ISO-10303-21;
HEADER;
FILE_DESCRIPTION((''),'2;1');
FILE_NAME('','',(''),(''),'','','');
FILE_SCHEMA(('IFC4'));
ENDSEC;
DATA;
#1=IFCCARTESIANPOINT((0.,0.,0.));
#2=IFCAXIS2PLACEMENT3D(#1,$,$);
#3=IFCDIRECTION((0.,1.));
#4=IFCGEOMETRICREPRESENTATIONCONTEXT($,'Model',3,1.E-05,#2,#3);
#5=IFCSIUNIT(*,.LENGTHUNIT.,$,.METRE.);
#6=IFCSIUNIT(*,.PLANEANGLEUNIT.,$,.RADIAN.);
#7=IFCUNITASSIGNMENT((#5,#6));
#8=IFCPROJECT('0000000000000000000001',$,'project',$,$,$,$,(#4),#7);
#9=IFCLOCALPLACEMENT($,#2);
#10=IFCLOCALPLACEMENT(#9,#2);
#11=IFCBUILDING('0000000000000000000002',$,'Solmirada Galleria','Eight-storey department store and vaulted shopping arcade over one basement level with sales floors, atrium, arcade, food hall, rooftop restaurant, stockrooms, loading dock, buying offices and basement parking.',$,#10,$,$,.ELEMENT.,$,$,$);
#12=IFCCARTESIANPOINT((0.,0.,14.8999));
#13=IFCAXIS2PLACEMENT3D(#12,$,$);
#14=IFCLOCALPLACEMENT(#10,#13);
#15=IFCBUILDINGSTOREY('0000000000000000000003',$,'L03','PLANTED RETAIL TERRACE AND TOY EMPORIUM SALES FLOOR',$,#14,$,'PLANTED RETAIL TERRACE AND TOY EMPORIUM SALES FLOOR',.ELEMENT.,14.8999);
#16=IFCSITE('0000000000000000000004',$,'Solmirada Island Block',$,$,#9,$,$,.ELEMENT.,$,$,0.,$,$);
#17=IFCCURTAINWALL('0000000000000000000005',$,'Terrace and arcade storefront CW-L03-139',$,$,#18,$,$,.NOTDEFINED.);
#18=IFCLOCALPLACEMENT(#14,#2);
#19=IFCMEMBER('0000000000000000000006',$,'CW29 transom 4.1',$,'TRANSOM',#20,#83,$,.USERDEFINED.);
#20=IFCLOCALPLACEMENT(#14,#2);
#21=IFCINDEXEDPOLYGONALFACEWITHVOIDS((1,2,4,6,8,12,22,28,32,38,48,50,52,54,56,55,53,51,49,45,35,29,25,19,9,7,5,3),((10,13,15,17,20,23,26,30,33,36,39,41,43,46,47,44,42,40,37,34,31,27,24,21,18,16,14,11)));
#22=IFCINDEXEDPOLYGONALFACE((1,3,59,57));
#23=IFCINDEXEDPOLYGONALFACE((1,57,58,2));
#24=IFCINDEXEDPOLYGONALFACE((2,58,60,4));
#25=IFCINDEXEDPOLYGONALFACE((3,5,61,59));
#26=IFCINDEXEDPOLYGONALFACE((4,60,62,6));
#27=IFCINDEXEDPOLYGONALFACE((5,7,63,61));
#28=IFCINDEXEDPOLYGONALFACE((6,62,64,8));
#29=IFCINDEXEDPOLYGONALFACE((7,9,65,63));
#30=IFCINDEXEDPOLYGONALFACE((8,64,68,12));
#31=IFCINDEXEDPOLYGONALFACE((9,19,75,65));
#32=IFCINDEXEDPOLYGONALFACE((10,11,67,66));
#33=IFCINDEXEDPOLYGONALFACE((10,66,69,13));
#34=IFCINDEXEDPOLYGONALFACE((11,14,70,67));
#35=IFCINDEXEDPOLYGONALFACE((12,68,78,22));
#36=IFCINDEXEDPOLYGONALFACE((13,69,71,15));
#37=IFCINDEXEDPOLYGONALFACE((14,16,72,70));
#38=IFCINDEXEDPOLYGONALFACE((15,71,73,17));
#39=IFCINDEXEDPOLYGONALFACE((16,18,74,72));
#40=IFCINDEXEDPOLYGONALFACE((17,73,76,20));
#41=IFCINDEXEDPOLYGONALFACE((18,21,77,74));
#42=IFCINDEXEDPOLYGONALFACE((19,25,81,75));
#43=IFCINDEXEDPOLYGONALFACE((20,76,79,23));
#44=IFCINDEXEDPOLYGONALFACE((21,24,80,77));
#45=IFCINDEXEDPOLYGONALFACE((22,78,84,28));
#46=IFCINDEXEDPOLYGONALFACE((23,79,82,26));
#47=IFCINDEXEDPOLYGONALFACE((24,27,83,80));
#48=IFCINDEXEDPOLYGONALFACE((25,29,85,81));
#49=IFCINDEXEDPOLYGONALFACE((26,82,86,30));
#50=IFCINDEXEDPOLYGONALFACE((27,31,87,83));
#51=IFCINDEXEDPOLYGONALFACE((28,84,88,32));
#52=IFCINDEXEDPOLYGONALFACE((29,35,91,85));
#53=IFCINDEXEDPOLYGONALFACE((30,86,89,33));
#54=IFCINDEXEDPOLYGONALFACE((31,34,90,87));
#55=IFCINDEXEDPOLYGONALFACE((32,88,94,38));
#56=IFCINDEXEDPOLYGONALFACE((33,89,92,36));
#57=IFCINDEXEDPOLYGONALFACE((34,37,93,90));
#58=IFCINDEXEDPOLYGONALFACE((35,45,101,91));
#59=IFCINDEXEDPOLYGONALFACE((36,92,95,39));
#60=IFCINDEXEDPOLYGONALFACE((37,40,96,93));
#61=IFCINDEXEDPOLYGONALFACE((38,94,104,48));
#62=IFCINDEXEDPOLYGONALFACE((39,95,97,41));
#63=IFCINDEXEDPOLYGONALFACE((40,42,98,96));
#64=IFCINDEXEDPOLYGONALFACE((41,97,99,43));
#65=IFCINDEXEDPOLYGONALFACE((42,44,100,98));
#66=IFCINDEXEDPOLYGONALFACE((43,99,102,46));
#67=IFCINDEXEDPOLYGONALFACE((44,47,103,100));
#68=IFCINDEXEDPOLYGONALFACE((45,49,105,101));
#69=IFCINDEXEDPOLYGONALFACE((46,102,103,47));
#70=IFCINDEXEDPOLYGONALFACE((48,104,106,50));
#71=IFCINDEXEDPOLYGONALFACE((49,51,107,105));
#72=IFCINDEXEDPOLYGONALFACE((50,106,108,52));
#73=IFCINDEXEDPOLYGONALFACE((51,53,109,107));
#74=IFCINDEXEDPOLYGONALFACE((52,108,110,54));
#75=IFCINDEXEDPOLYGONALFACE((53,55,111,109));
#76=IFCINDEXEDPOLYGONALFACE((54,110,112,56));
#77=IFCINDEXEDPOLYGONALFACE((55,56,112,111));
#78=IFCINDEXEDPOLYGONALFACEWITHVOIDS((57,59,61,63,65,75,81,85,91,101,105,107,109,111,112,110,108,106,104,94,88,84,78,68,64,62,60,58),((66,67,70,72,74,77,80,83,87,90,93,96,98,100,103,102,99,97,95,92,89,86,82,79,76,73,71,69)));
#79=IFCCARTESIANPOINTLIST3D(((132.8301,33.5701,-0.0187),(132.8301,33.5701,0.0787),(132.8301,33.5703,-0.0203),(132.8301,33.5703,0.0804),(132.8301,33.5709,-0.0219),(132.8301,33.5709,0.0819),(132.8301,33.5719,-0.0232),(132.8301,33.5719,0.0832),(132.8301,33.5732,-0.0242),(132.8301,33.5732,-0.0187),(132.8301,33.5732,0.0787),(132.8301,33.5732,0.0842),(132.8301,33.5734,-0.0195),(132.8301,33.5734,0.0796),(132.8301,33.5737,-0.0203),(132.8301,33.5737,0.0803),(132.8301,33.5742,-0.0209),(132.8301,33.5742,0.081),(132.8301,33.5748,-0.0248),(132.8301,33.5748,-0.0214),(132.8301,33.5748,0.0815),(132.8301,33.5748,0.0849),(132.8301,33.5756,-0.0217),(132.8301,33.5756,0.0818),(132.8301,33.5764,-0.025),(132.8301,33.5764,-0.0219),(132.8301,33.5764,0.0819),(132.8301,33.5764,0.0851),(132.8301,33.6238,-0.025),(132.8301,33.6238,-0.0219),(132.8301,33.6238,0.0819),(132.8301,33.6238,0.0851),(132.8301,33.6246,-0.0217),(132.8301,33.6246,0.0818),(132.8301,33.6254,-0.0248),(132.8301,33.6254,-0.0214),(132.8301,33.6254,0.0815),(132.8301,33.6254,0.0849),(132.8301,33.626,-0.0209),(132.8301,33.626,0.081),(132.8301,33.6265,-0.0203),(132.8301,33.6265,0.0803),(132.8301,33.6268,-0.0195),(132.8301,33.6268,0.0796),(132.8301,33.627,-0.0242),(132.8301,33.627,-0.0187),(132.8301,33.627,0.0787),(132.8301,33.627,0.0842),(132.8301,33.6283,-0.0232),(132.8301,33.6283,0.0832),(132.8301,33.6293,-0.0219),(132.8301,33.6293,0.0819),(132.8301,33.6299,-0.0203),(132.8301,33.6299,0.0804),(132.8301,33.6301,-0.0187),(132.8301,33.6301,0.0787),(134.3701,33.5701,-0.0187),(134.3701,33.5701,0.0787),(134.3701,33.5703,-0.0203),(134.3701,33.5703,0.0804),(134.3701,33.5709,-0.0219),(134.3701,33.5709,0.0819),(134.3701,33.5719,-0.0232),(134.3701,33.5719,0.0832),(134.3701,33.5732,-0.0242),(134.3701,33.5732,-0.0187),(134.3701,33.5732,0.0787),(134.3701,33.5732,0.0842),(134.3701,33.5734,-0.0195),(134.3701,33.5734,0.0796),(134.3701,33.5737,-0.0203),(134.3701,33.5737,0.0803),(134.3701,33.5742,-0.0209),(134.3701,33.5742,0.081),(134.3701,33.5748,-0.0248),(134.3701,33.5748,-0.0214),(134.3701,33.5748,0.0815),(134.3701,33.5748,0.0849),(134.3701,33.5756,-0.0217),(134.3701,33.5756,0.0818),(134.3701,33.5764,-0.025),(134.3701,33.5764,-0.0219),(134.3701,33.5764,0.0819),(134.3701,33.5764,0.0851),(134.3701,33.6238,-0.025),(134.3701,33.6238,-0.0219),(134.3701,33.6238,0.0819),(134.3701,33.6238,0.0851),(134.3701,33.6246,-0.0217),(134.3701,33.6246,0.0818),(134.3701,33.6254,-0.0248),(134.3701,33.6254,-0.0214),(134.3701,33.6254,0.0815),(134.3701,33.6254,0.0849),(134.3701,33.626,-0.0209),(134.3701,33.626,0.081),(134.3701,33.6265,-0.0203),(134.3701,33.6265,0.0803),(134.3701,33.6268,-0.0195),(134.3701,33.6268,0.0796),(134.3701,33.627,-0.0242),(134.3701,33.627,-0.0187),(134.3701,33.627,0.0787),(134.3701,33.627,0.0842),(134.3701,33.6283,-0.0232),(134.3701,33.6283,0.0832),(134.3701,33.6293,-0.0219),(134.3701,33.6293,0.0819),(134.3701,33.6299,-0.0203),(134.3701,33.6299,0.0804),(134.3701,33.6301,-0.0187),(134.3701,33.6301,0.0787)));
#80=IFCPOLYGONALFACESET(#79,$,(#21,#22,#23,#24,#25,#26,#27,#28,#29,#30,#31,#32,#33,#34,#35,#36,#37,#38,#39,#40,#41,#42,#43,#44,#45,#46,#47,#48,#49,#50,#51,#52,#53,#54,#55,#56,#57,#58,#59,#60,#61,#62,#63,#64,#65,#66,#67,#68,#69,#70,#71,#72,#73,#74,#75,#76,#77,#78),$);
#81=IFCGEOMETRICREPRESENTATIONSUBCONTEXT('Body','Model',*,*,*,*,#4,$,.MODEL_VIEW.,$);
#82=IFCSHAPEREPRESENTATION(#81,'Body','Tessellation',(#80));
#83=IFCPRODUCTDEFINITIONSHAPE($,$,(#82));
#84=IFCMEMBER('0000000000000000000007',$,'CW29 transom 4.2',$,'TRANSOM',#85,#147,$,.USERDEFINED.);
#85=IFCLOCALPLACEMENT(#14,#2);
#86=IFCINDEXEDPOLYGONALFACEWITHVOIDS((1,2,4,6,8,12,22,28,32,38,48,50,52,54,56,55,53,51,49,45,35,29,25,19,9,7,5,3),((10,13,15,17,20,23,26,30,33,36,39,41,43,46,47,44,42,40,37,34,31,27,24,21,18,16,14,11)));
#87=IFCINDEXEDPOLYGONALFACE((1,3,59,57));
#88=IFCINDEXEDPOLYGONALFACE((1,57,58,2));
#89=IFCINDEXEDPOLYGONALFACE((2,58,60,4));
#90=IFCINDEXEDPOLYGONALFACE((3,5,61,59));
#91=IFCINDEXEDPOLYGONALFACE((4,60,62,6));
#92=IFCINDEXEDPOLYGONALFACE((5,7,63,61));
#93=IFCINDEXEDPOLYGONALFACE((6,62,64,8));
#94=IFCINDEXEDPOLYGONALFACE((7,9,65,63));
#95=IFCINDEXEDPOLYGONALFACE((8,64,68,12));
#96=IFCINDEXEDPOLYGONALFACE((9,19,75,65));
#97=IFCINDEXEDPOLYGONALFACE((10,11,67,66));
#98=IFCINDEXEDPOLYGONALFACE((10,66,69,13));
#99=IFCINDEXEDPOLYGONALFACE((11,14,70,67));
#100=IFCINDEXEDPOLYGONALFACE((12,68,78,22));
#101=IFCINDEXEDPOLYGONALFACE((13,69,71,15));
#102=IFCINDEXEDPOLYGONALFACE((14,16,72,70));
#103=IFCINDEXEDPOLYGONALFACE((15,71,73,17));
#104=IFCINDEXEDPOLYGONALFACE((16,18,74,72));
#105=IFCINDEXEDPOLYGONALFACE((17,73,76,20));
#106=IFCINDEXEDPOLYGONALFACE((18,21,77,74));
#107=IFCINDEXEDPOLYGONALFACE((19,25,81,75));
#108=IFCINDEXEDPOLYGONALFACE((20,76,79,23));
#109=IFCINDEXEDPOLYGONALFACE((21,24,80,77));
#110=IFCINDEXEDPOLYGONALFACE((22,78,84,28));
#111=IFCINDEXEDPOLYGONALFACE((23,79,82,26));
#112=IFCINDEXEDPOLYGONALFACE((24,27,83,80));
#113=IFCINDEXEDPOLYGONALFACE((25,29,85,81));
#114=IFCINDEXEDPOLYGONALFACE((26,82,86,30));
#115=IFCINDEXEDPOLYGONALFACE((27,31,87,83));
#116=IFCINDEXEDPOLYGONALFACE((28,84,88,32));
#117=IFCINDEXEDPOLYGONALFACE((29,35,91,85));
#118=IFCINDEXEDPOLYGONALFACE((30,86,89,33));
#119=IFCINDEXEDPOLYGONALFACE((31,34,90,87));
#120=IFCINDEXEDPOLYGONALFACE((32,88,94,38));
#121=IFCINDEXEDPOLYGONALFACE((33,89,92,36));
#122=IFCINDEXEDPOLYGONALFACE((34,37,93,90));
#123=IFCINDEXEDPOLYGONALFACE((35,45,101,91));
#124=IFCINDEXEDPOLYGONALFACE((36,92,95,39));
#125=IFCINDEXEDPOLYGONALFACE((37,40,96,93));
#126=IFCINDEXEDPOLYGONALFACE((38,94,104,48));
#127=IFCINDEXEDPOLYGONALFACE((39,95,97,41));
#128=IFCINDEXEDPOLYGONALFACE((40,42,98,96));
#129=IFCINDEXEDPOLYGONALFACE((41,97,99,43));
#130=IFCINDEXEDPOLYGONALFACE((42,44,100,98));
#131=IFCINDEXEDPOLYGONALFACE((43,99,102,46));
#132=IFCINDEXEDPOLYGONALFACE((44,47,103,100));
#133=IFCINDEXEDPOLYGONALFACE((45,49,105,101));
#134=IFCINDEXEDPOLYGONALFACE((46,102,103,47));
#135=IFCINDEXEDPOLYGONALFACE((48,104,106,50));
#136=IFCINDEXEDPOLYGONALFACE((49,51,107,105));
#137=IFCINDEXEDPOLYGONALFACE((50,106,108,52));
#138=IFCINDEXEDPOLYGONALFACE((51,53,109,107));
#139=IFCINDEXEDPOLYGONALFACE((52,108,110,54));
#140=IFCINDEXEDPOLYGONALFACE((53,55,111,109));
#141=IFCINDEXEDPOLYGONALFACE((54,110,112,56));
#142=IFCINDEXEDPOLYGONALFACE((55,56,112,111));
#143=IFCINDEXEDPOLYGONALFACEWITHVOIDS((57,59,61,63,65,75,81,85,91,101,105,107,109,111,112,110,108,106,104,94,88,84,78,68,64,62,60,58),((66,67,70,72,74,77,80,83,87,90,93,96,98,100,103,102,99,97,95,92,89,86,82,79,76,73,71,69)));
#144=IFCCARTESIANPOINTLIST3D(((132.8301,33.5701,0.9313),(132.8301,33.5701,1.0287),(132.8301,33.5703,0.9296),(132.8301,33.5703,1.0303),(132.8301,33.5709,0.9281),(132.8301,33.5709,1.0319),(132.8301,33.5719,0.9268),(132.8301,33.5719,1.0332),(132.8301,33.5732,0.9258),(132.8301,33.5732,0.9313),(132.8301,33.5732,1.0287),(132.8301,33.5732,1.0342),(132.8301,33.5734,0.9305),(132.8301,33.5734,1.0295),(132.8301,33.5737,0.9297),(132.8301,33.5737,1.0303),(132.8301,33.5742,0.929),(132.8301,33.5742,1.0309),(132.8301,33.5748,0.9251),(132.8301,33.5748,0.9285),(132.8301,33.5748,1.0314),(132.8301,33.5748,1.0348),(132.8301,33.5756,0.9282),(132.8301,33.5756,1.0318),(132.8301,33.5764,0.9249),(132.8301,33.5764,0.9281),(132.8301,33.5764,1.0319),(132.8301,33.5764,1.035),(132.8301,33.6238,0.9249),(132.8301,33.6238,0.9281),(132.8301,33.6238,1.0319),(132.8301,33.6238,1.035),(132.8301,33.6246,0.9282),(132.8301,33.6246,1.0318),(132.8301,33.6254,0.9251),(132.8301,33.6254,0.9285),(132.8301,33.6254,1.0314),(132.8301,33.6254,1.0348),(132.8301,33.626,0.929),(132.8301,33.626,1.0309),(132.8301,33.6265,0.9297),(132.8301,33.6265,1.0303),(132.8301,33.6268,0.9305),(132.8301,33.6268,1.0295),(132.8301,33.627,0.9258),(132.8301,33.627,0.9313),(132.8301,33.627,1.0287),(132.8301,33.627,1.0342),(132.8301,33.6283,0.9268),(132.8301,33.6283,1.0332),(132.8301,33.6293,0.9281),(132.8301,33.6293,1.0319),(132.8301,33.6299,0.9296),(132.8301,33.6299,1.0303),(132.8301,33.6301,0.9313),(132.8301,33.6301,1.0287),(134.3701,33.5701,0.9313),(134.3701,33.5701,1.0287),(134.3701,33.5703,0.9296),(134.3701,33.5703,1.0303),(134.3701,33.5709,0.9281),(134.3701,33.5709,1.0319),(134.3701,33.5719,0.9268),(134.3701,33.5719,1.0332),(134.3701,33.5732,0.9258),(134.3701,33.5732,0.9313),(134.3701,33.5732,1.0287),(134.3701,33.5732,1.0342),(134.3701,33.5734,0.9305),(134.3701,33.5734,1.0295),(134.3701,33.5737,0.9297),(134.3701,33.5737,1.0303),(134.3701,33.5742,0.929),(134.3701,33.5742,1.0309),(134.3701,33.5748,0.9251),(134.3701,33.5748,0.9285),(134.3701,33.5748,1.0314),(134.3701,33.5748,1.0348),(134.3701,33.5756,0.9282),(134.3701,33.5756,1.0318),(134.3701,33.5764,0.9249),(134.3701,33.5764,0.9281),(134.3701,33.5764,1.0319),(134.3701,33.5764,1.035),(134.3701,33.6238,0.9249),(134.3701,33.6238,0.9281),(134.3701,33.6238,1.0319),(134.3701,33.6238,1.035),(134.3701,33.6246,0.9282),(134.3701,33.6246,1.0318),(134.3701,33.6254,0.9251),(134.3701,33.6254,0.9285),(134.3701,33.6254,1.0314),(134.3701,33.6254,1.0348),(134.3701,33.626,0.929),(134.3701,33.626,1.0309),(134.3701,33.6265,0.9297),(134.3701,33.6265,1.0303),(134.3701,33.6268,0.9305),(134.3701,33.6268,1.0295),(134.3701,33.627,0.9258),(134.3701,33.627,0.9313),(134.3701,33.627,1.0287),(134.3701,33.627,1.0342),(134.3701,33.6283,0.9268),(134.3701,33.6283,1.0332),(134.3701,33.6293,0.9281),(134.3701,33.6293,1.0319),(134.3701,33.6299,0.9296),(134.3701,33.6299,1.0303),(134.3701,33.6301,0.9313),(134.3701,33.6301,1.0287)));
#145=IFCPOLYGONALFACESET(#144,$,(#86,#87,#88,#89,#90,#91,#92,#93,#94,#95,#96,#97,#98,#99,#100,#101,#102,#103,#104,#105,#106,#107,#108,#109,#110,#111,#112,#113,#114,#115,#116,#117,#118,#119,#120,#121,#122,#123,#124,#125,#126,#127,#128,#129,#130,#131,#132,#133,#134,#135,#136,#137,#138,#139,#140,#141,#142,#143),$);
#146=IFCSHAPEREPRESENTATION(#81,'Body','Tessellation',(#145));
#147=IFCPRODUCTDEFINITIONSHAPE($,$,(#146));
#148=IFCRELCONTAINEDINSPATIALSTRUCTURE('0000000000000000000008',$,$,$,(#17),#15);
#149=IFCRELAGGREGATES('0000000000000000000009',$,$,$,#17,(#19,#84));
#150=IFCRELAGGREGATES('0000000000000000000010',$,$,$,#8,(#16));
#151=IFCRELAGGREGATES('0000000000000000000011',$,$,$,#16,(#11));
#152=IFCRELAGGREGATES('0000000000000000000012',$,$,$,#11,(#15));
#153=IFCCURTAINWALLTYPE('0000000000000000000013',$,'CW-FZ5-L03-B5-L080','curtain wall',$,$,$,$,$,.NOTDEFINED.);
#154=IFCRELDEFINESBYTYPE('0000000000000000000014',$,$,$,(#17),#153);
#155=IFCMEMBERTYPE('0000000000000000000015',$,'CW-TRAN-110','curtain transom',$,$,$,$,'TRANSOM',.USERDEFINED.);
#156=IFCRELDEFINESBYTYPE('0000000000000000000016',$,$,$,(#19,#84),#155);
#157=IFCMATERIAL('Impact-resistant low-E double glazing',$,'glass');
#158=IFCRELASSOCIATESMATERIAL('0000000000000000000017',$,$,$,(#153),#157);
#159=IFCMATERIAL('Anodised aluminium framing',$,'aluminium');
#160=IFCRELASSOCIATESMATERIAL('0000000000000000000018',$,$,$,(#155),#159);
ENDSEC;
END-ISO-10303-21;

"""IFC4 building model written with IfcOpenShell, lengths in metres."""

from ifc_helpers import new_model, si_unit, direction, frame, origin, origin_2d, place, context, subcontext, project, spatial, hollow_rectangle, extrude, material, material_profile, profile_set, type_object, element, aggregate, save


model = new_model("IFC4")

# Units and contexts
model_context = context("Model", 3, precision=1e-05, world=origin(), true_north=direction((0.0, 1.0)))
body_context = subcontext(model_context, "Body", "Model", "MODEL_VIEW")
ifc_project = project(units=[si_unit("LENGTHUNIT", "METRE"), si_unit("PLANEANGLEUNIT", "RADIAN")], contexts=[model_context])

# Site, building, storey
site_placement = place(None, origin())
site = spatial("IfcSite", under=ifc_project, at=site_placement, Name="Solmirada Island Block", CompositionType="ELEMENT", RefElevation=0.0)
building_placement = place(site_placement, origin())
building = spatial("IfcBuilding", under=site, at=building_placement, Name="Solmirada Galleria", Description="Eight-storey department store and vaulted shopping arcade over one basement level with sales floors, atrium, arcade, food hall, rooftop restaurant, stockrooms, loading dock, buying offices and basement parking.", CompositionType="ELEMENT")
storey_placement = place(building_placement, frame((0.0, 0.0, 14.8999)))
storey = spatial("IfcBuildingStorey", under=building, at=storey_placement, Name="L03", Description="PLANTED RETAIL TERRACE AND TOY EMPORIUM SALES FLOOR", LongName="PLANTED RETAIL TERRACE AND TOY EMPORIUM SALES FLOOR", CompositionType="ELEMENT", Elevation=14.8999)

# Curtain wall, members
ifc_material_1 = material(Name="Impact-resistant low-E double glazing", Category="glass")
curtain_wall_type = type_object("IfcCurtainWallType", Name="CW-FZ5-L03-B5-L080", Description="curtain wall", PredefinedType="NOTDEFINED", material=ifc_material_1)
curtain_wall_placement = place(storey_placement, origin())
curtain_wall = element("IfcCurtainWall", 1, at=curtain_wall_placement, inside=storey, type_object=curtain_wall_type, Name="Terrace and arcade storefront CW-L03-139", PredefinedType="NOTDEFINED")
ifc_material_2 = material(Name="Anodised aluminium framing", Category="aluminium")
ifc_material_profile_1 = material_profile(ifc_material_2, hollow_rectangle(XDim=0.0601, YDim=0.1101, WallThickness=0.0032, InnerFilletRadius=0.0032, OuterFilletRadius=0.0063, at=origin_2d()), Name="ALU-TRAN-110X60")
ifc_profile_set_1 = profile_set([ifc_material_profile_1], Name="Anodised aluminium framing")
member_type_1 = type_object("IfcMemberType", Name="CW-TRAN-110", Description="curtain transom", ElementType="TRANSOM", PredefinedType="USERDEFINED", material=ifc_profile_set_1)
member_1_placement = place(storey_placement, frame((132.8301, 33.6001, 0.03), z_axis=(1.0, 0.0, 0.0), x_axis=(0.0, 1.0, 0.0)))
member_1 = element("IfcMember", 2, at=member_1_placement, type_object=member_type_1, Name="CW29 transom 4.1", ObjectType="TRANSOM", PredefinedType="USERDEFINED", context=body_context, shape_type="SweptSolid", body=[
    extrude(hollow_rectangle(XDim=0.0601, YDim=0.1101, WallThickness=0.0032, InnerFilletRadius=0.0032, OuterFilletRadius=0.0063, at=origin_2d()), origin(), (0.0, 0.0, 1.0), 1.54),
])
member_2_placement = place(storey_placement, frame((132.8301, 33.6001, 0.98), z_axis=(1.0, 0.0, 0.0), x_axis=(0.0, 1.0, 0.0)))
member_2 = element("IfcMember", 3, at=member_2_placement, type_object=member_type_1, Name="CW29 transom 4.2", ObjectType="TRANSOM", PredefinedType="USERDEFINED", context=body_context, shape_type="SweptSolid", body=[
    extrude(hollow_rectangle(XDim=0.0601, YDim=0.1101, WallThickness=0.0032, InnerFilletRadius=0.0032, OuterFilletRadius=0.0063, at=origin_2d()), origin(), (0.0, 0.0, 1.0), 1.54),
])
aggregate(curtain_wall, [member_1, member_2])

save(model, "model.ifc")
